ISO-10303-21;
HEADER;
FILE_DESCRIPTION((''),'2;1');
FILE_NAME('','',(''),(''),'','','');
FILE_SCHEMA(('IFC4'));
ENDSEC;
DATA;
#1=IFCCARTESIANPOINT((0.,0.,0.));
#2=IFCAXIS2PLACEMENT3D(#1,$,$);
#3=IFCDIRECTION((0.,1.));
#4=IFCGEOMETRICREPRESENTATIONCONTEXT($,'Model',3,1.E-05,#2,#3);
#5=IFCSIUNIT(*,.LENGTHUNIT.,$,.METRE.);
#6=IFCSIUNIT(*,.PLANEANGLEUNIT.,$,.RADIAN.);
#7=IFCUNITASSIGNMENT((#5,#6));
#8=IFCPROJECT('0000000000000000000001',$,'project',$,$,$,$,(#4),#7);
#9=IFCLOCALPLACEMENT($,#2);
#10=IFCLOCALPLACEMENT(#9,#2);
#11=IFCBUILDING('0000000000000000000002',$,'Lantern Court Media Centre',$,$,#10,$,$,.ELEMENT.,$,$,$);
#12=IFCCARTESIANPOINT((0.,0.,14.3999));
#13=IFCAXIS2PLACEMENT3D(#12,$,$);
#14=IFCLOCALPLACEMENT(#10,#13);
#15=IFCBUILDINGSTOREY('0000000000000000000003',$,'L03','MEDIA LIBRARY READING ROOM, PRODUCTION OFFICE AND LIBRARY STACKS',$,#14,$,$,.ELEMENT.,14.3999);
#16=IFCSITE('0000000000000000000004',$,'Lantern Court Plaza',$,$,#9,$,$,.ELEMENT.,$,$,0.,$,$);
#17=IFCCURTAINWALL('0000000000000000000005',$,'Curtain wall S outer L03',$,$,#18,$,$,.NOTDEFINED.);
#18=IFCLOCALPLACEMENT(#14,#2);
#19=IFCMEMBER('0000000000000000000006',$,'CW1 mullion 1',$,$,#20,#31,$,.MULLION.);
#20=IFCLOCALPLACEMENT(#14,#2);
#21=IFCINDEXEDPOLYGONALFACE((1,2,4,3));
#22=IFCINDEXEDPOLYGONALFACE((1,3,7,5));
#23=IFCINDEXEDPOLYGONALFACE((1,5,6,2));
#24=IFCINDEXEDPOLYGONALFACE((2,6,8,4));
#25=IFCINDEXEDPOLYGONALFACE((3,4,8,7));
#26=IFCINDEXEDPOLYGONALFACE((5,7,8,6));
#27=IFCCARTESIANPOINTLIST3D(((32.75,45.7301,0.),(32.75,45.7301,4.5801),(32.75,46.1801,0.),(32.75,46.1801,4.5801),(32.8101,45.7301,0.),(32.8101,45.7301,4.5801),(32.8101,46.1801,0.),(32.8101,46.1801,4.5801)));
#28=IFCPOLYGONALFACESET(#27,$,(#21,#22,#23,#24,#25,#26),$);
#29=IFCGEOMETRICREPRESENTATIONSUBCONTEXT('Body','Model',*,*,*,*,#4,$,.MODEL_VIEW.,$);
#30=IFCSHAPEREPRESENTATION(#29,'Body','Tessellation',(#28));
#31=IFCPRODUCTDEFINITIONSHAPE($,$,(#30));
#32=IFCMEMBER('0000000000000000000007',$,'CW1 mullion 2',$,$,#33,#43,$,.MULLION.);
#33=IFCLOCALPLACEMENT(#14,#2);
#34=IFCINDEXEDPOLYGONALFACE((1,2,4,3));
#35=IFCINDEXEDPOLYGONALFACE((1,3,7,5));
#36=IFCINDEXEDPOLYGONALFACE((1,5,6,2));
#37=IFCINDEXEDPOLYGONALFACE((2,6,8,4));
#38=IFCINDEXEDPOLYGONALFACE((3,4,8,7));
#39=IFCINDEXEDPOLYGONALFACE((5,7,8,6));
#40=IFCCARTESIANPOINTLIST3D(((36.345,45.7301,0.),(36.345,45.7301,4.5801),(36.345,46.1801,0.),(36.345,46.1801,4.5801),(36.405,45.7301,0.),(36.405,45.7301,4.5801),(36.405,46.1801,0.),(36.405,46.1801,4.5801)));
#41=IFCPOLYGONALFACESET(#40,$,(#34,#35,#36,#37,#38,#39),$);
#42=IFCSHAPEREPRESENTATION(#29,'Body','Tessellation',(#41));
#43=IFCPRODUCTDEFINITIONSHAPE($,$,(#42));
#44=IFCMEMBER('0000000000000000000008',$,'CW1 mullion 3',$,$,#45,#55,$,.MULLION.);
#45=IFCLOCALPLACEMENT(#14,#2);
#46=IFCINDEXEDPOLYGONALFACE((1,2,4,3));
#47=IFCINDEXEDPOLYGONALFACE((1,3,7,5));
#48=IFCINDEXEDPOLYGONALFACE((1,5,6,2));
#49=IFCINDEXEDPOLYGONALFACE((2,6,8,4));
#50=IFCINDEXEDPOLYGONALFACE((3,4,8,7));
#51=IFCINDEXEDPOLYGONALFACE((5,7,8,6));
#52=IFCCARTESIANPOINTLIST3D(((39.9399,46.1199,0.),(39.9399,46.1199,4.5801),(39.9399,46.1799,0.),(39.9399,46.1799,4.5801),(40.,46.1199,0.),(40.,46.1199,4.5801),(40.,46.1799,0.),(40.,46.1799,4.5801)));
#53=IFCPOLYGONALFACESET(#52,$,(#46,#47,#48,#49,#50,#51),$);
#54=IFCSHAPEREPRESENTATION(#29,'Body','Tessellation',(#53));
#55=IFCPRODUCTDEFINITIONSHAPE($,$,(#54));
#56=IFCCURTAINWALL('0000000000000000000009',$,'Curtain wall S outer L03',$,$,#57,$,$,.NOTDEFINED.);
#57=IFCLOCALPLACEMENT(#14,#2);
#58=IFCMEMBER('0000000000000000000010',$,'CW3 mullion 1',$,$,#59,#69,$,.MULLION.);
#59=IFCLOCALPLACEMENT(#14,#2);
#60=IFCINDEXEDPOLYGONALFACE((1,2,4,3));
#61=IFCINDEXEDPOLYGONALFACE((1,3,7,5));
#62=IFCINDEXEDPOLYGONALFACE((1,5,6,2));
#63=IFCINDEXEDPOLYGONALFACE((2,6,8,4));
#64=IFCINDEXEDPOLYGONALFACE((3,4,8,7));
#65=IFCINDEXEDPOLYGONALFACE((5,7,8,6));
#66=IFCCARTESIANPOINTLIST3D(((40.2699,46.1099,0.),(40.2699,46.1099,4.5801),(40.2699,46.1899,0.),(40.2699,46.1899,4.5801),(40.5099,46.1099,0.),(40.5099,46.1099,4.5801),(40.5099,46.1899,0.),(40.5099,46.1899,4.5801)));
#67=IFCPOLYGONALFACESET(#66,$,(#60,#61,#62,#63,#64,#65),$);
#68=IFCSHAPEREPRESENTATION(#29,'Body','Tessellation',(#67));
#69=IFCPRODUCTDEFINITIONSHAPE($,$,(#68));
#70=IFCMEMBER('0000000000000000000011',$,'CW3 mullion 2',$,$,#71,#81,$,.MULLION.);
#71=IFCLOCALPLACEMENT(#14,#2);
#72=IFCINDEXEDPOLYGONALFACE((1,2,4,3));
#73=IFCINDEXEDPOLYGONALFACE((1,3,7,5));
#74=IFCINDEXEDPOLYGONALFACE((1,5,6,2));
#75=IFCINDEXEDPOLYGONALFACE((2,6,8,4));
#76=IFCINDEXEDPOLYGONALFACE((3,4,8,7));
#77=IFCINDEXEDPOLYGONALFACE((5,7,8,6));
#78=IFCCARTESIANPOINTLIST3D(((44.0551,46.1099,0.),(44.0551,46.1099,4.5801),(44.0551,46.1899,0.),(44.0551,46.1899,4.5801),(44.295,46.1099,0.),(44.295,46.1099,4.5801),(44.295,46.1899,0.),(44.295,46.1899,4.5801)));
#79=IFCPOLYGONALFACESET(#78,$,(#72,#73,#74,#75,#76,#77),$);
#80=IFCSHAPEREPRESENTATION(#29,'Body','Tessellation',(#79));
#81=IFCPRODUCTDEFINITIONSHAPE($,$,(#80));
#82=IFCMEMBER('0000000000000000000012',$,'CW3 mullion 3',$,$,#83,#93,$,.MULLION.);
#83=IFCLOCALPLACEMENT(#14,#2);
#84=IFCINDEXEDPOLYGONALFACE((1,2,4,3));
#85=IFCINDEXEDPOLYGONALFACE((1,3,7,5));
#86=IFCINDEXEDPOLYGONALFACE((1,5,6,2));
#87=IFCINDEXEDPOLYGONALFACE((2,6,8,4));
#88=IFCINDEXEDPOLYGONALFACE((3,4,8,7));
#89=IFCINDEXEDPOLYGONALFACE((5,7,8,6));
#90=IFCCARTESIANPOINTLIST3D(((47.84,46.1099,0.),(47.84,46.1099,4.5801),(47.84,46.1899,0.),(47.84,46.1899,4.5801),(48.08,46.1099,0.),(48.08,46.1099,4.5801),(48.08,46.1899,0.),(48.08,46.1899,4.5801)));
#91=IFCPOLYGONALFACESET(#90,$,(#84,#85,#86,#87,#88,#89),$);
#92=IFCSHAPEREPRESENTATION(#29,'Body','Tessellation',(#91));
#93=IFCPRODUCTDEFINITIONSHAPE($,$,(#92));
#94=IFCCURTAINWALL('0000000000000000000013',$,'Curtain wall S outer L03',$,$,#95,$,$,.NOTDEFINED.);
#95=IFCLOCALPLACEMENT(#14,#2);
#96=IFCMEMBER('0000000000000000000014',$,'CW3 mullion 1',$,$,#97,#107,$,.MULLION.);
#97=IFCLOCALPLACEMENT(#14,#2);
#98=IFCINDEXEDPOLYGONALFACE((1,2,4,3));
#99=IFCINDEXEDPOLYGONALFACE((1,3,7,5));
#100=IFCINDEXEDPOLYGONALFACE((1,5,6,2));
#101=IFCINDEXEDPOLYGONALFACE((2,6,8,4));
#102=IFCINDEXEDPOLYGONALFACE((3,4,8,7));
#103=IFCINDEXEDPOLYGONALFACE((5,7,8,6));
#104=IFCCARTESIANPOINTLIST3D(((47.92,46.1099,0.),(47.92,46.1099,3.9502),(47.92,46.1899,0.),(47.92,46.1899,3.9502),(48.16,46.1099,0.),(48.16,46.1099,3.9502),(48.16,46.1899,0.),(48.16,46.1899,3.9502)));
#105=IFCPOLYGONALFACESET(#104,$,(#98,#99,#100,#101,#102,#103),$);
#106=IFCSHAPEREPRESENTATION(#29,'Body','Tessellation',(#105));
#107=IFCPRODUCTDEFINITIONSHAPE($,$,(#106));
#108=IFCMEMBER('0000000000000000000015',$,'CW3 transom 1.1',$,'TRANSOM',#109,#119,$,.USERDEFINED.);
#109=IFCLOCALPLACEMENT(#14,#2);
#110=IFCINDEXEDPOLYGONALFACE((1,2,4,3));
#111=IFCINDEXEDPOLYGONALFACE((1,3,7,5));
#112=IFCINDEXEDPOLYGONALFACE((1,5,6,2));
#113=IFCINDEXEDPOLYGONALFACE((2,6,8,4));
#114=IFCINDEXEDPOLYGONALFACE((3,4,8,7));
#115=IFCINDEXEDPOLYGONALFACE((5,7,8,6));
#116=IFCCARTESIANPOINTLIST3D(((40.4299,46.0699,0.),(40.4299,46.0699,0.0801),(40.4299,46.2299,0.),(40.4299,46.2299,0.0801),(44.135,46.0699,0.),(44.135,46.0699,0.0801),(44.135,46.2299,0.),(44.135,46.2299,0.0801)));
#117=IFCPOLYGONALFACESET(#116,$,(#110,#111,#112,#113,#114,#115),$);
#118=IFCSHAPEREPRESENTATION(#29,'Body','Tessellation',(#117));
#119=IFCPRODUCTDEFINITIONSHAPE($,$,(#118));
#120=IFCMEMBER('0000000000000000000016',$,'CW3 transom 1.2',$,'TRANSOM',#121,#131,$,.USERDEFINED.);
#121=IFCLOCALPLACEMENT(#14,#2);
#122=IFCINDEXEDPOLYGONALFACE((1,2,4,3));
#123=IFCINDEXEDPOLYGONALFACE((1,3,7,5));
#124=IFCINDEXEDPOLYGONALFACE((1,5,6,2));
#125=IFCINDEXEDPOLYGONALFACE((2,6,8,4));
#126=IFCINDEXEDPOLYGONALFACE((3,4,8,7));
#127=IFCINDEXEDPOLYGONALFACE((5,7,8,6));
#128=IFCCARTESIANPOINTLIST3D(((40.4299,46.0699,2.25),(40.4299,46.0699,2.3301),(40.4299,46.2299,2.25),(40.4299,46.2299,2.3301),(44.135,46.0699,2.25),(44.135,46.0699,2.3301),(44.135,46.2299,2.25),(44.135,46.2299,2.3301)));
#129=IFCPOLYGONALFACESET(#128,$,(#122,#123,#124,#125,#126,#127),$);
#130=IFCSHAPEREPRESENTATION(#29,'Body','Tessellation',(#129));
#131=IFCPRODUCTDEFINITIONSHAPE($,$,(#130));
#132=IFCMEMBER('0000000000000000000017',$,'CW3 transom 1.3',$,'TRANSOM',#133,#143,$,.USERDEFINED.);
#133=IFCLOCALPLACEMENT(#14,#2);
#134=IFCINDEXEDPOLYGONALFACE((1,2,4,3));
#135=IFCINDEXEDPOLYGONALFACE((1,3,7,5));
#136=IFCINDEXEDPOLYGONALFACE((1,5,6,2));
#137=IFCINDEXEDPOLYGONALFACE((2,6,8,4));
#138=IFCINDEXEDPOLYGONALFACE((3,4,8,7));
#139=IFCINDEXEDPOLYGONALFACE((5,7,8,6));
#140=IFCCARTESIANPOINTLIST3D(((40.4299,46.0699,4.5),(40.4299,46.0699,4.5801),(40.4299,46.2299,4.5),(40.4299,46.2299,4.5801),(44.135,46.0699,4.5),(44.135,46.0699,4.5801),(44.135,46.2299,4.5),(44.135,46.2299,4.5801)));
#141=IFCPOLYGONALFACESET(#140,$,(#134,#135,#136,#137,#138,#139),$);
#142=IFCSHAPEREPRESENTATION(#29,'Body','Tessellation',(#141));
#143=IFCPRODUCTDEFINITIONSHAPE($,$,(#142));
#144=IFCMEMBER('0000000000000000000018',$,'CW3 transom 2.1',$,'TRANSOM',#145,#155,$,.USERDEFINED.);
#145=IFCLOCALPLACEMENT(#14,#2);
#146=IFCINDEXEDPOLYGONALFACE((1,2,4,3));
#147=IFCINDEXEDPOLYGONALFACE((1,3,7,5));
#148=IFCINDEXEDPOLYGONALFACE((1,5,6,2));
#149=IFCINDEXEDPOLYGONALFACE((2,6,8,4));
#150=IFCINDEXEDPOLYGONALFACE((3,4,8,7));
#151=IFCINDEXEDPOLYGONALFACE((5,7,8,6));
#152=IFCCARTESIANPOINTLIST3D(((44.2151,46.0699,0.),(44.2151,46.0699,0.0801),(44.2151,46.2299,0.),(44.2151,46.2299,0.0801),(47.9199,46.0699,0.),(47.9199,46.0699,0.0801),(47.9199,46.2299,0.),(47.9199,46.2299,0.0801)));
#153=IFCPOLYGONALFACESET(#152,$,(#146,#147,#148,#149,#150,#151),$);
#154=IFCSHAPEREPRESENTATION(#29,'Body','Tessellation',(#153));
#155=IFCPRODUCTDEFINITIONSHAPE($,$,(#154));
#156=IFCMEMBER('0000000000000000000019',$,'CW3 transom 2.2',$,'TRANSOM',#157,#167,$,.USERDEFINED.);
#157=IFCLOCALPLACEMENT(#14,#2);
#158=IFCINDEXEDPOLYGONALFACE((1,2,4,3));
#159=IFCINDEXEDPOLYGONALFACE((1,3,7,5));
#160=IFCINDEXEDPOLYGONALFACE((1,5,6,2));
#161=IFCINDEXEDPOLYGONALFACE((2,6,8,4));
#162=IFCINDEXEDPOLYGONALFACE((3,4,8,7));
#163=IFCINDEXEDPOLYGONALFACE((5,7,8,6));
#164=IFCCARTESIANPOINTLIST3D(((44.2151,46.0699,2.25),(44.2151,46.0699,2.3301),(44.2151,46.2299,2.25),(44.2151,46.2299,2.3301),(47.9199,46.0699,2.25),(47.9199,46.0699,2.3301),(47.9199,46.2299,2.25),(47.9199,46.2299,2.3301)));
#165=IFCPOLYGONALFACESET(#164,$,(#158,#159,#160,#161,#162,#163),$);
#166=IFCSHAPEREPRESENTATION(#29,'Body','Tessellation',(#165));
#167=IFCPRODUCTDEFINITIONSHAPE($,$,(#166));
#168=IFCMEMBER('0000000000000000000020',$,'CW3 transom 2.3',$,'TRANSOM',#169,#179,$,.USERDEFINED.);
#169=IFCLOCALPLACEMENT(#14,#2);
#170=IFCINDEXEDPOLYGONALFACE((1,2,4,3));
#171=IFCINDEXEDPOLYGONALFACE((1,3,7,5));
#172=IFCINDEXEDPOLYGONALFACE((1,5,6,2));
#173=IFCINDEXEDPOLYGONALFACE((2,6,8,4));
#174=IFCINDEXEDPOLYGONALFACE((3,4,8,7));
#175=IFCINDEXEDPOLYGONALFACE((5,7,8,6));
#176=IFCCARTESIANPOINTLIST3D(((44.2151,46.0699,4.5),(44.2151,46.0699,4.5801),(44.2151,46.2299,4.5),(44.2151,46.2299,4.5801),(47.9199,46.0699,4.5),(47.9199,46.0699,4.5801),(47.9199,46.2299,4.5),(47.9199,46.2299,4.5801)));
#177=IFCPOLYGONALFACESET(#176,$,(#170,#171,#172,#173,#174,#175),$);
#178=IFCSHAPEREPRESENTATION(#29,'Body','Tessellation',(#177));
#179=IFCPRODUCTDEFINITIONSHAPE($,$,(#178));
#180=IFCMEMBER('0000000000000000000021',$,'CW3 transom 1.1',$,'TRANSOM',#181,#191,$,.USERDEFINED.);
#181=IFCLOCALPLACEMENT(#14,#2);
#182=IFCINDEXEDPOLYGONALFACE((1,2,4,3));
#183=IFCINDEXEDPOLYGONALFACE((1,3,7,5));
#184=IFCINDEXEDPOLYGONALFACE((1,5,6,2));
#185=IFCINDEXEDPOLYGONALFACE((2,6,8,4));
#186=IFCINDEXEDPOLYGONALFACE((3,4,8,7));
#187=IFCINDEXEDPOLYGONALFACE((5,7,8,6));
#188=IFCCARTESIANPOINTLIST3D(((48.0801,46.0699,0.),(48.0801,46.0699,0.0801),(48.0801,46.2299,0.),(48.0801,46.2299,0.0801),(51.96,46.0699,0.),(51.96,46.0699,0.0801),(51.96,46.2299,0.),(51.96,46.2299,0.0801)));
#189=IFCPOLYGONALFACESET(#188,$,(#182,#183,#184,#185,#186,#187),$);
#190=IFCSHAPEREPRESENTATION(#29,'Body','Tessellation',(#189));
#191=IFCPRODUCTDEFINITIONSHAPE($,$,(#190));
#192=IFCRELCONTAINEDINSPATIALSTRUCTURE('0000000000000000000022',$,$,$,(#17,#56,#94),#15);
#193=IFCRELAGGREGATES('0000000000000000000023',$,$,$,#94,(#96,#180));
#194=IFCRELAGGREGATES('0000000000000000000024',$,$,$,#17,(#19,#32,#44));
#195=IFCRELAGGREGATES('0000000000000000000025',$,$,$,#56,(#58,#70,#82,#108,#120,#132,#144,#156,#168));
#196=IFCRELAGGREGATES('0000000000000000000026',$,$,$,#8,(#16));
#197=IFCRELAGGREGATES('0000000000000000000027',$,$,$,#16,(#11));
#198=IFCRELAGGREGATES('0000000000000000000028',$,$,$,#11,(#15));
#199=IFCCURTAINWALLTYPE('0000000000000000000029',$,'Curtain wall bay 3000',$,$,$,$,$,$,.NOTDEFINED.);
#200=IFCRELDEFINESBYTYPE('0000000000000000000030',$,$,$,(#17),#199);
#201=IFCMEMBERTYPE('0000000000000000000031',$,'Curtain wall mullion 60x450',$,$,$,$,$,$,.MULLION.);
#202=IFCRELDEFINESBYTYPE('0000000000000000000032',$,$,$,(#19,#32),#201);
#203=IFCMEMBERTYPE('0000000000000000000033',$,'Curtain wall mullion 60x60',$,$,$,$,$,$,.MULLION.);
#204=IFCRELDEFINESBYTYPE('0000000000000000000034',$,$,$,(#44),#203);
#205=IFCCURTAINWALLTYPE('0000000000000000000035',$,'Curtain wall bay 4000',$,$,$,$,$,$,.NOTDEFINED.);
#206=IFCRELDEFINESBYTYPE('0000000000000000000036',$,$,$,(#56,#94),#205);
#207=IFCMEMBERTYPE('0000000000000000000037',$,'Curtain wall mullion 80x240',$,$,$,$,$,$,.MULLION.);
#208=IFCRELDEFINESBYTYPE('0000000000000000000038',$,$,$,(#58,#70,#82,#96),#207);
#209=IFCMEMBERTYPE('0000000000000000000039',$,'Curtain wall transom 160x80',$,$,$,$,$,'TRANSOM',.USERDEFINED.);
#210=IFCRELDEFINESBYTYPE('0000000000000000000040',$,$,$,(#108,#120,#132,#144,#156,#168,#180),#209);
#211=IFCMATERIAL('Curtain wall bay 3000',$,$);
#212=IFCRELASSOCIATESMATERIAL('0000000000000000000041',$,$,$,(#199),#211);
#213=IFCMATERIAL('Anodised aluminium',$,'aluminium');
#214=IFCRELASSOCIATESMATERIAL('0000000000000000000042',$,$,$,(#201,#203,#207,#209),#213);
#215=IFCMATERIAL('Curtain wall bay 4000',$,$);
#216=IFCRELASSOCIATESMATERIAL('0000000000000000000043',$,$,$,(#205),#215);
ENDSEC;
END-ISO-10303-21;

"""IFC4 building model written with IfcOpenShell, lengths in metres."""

from ifc_helpers import new_model, si_unit, direction, frame, origin, origin_2d, place, context, subcontext, project, spatial, rectangle, extrude, material, material_profile, profile_set, type_object, element, aggregate, save


model = new_model("IFC4")

# Units and contexts
model_context = context("Model", 3, precision=1e-05, world=origin(), true_north=direction((0.0, 1.0)))
body_context = subcontext(model_context, "Body", "Model", "MODEL_VIEW")
ifc_project = project(units=[si_unit("LENGTHUNIT", "METRE"), si_unit("PLANEANGLEUNIT", "RADIAN")], contexts=[model_context])

# Site, building, storey
site_placement = place(None, origin())
site = spatial("IfcSite", under=ifc_project, at=site_placement, Name="Lantern Court Plaza", CompositionType="ELEMENT", RefElevation=0.0)
building_placement = place(site_placement, origin())
building = spatial("IfcBuilding", under=site, at=building_placement, Name="Lantern Court Media Centre", CompositionType="ELEMENT")
storey_placement = place(building_placement, frame((0.0, 0.0, 14.3999)))
storey = spatial("IfcBuildingStorey", under=building, at=storey_placement, Name="L03", Description="MEDIA LIBRARY READING ROOM, PRODUCTION OFFICE AND LIBRARY STACKS", CompositionType="ELEMENT", Elevation=14.3999)

# Curtain walls, members
ifc_material_1 = material(Name="Curtain wall bay 3000")
curtain_wall_type_1 = type_object("IfcCurtainWallType", Name="Curtain wall bay 3000", PredefinedType="NOTDEFINED", material=ifc_material_1)
curtain_wall_1_placement = place(storey_placement, origin())
curtain_wall_1 = element("IfcCurtainWall", 1, at=curtain_wall_1_placement, inside=storey, type_object=curtain_wall_type_1, Name="Curtain wall S outer L03", PredefinedType="NOTDEFINED")
ifc_material_2 = material(Name="Anodised aluminium", Category="aluminium")
ifc_material_profile_1 = material_profile(ifc_material_2, rectangle(XDim=0.45, YDim=0.0601, at=origin_2d()), Name="AL 60x450")
ifc_profile_set_1 = profile_set([ifc_material_profile_1], Name="Anodised aluminium")
member_type_1 = type_object("IfcMemberType", Name="Curtain wall mullion 60x450", PredefinedType="MULLION", material=ifc_profile_set_1)
member_1_placement = place(storey_placement, frame((32.78, 45.9551, 0.0), z_axis=(0.0, 0.0, 1.0), x_axis=(0.0, 1.0, 0.0)))
member_1 = element("IfcMember", 2, at=member_1_placement, type_object=member_type_1, Name="CW1 mullion 1", PredefinedType="MULLION", context=body_context, shape_type="SweptSolid", body=[
    extrude(rectangle(XDim=0.45, YDim=0.0601, at=origin_2d()), origin(), (0.0, 0.0, 1.0), 4.5801),
])
member_2_placement = place(storey_placement, frame((36.375, 45.9551, 0.0), z_axis=(0.0, 0.0, 1.0), x_axis=(0.0, 1.0, 0.0)))
member_2 = element("IfcMember", 3, at=member_2_placement, type_object=member_type_1, Name="CW1 mullion 2", PredefinedType="MULLION", context=body_context, shape_type="SweptSolid", body=[
    extrude(rectangle(XDim=0.45, YDim=0.0601, at=origin_2d()), origin(), (0.0, 0.0, 1.0), 4.5801),
])
ifc_material_profile_2 = material_profile(ifc_material_2, rectangle(XDim=0.0601, YDim=0.0601, at=origin_2d()), Name="AL 60x60")
ifc_profile_set_2 = profile_set([ifc_material_profile_2], Name="Anodised aluminium")
member_type_2 = type_object("IfcMemberType", Name="Curtain wall mullion 60x60", PredefinedType="MULLION", material=ifc_profile_set_2)
member_3_placement = place(storey_placement, frame((39.97, 46.1499, 0.0), z_axis=(0.0, 0.0, 1.0), x_axis=(0.0, 1.0, 0.0)))
member_3 = element("IfcMember", 4, at=member_3_placement, type_object=member_type_2, Name="CW1 mullion 3", PredefinedType="MULLION", context=body_context, shape_type="SweptSolid", body=[
    extrude(rectangle(XDim=0.0601, YDim=0.0601, at=origin_2d()), origin(), (0.0, 0.0, 1.0), 4.5801),
])
ifc_material_3 = material(Name="Curtain wall bay 4000")
curtain_wall_type_2 = type_object("IfcCurtainWallType", Name="Curtain wall bay 4000", PredefinedType="NOTDEFINED", material=ifc_material_3)
curtain_wall_2_placement = place(storey_placement, origin())
curtain_wall_2 = element("IfcCurtainWall", 5, at=curtain_wall_2_placement, inside=storey, type_object=curtain_wall_type_2, Name="Curtain wall S outer L03", PredefinedType="NOTDEFINED")
ifc_material_profile_3 = material_profile(ifc_material_2, rectangle(XDim=0.0801, YDim=0.24, at=origin_2d()), Name="AL 80x240")
ifc_profile_set_3 = profile_set([ifc_material_profile_3], Name="Anodised aluminium")
member_type_3 = type_object("IfcMemberType", Name="Curtain wall mullion 80x240", PredefinedType="MULLION", material=ifc_profile_set_3)
member_4_placement = place(storey_placement, frame((40.3899, 46.1499, 0.0), z_axis=(0.0, 0.0, 1.0), x_axis=(0.0, 1.0, 0.0)))
member_4 = element("IfcMember", 6, at=member_4_placement, type_object=member_type_3, Name="CW3 mullion 1", PredefinedType="MULLION", context=body_context, shape_type="SweptSolid", body=[
    extrude(rectangle(XDim=0.0801, YDim=0.24, at=origin_2d()), origin(), (0.0, 0.0, 1.0), 4.5801),
])
member_5_placement = place(storey_placement, frame((44.175, 46.1499, 0.0), z_axis=(0.0, 0.0, 1.0), x_axis=(0.0, 1.0, 0.0)))
member_5 = element("IfcMember", 7, at=member_5_placement, type_object=member_type_3, Name="CW3 mullion 2", PredefinedType="MULLION", context=body_context, shape_type="SweptSolid", body=[
    extrude(rectangle(XDim=0.0801, YDim=0.24, at=origin_2d()), origin(), (0.0, 0.0, 1.0), 4.5801),
])
member_6_placement = place(storey_placement, frame((47.96, 46.1499, 0.0), z_axis=(0.0, 0.0, 1.0), x_axis=(0.0, 1.0, 0.0)))
member_6 = element("IfcMember", 8, at=member_6_placement, type_object=member_type_3, Name="CW3 mullion 3", PredefinedType="MULLION", context=body_context, shape_type="SweptSolid", body=[
    extrude(rectangle(XDim=0.0801, YDim=0.24, at=origin_2d()), origin(), (0.0, 0.0, 1.0), 4.5801),
])

# Curtain wall, member
curtain_wall_3_placement = place(storey_placement, origin())
curtain_wall_3 = element("IfcCurtainWall", 9, at=curtain_wall_3_placement, inside=storey, type_object=curtain_wall_type_2, Name="Curtain wall S outer L03", PredefinedType="NOTDEFINED")
member_7_placement = place(storey_placement, frame((48.04, 46.1499, 0.0), z_axis=(0.0, 0.0, 1.0), x_axis=(0.0, 1.0, 0.0)))
member_7 = element("IfcMember", 10, at=member_7_placement, type_object=member_type_3, Name="CW3 mullion 1", PredefinedType="MULLION", context=body_context, shape_type="SweptSolid", body=[
    extrude(rectangle(XDim=0.0801, YDim=0.24, at=origin_2d()), origin(), (0.0, 0.0, 1.0), 3.9502),
])

# Members
ifc_material_profile_4 = material_profile(ifc_material_2, rectangle(XDim=0.1599, YDim=0.0801, at=origin_2d()), Name="AL 80x160")
ifc_profile_set_4 = profile_set([ifc_material_profile_4], Name="Anodised aluminium")
member_type_4 = type_object("IfcMemberType", Name="Curtain wall transom 160x80", ElementType="TRANSOM", PredefinedType="USERDEFINED", material=ifc_profile_set_4)
member_8_placement = place(storey_placement, frame((40.4299, 46.1499, 0.04), z_axis=(1.0, 0.0, 0.0), x_axis=(0.0, 1.0, 0.0)))
member_8 = element("IfcMember", 11, at=member_8_placement, type_object=member_type_4, Name="CW3 transom 1.1", ObjectType="TRANSOM", PredefinedType="USERDEFINED", context=body_context, shape_type="SweptSolid", body=[
    extrude(rectangle(XDim=0.1599, YDim=0.0801, at=origin_2d()), origin(), (0.0, 0.0, 1.0), 3.7051),
])
member_9_placement = place(storey_placement, frame((40.4299, 46.1499, 2.29), z_axis=(1.0, 0.0, 0.0), x_axis=(0.0, 1.0, 0.0)))
member_9 = element("IfcMember", 12, at=member_9_placement, type_object=member_type_4, Name="CW3 transom 1.2", ObjectType="TRANSOM", PredefinedType="USERDEFINED", context=body_context, shape_type="SweptSolid", body=[
    extrude(rectangle(XDim=0.1599, YDim=0.0801, at=origin_2d()), origin(), (0.0, 0.0, 1.0), 3.7051),
])
member_10_placement = place(storey_placement, frame((40.4299, 46.1499, 4.54), z_axis=(1.0, 0.0, 0.0), x_axis=(0.0, 1.0, 0.0)))
member_10 = element("IfcMember", 13, at=member_10_placement, type_object=member_type_4, Name="CW3 transom 1.3", ObjectType="TRANSOM", PredefinedType="USERDEFINED", context=body_context, shape_type="SweptSolid", body=[
    extrude(rectangle(XDim=0.1599, YDim=0.0801, at=origin_2d()), origin(), (0.0, 0.0, 1.0), 3.7051),
])
member_11_placement = place(storey_placement, frame((44.2151, 46.1499, 0.04), z_axis=(1.0, 0.0, 0.0), x_axis=(0.0, 1.0, 0.0)))
member_11 = element("IfcMember", 14, at=member_11_placement, type_object=member_type_4, Name="CW3 transom 2.1", ObjectType="TRANSOM", PredefinedType="USERDEFINED", context=body_context, shape_type="SweptSolid", body=[
    extrude(rectangle(XDim=0.1599, YDim=0.0801, at=origin_2d()), origin(), (0.0, 0.0, 1.0), 3.7048),
])
member_12_placement = place(storey_placement, frame((44.2151, 46.1499, 2.29), z_axis=(1.0, 0.0, 0.0), x_axis=(0.0, 1.0, 0.0)))
member_12 = element("IfcMember", 15, at=member_12_placement, type_object=member_type_4, Name="CW3 transom 2.2", ObjectType="TRANSOM", PredefinedType="USERDEFINED", context=body_context, shape_type="SweptSolid", body=[
    extrude(rectangle(XDim=0.1599, YDim=0.0801, at=origin_2d()), origin(), (0.0, 0.0, 1.0), 3.7048),
])
member_13_placement = place(storey_placement, frame((44.2151, 46.1499, 4.54), z_axis=(1.0, 0.0, 0.0), x_axis=(0.0, 1.0, 0.0)))
member_13 = element("IfcMember", 16, at=member_13_placement, type_object=member_type_4, Name="CW3 transom 2.3", ObjectType="TRANSOM", PredefinedType="USERDEFINED", context=body_context, shape_type="SweptSolid", body=[
    extrude(rectangle(XDim=0.1599, YDim=0.0801, at=origin_2d()), origin(), (0.0, 0.0, 1.0), 3.7048),
])
member_14_placement = place(storey_placement, frame((48.0801, 46.1499, 0.04), z_axis=(1.0, 0.0, 0.0), x_axis=(0.0, 1.0, 0.0)))
member_14 = element("IfcMember", 17, at=member_14_placement, type_object=member_type_4, Name="CW3 transom 1.1", ObjectType="TRANSOM", PredefinedType="USERDEFINED", context=body_context, shape_type="SweptSolid", body=[
    extrude(rectangle(XDim=0.1599, YDim=0.0801, at=origin_2d()), origin(), (0.0, 0.0, 1.0), 3.8799),
])
aggregate(curtain_wall_3, [member_7, member_14])

aggregate(curtain_wall_1, [member_1, member_2, member_3])
aggregate(curtain_wall_2, [member_4, member_5, member_6, member_8, member_9, member_10, member_11, member_12, member_13])

save(model, "model.ifc")
